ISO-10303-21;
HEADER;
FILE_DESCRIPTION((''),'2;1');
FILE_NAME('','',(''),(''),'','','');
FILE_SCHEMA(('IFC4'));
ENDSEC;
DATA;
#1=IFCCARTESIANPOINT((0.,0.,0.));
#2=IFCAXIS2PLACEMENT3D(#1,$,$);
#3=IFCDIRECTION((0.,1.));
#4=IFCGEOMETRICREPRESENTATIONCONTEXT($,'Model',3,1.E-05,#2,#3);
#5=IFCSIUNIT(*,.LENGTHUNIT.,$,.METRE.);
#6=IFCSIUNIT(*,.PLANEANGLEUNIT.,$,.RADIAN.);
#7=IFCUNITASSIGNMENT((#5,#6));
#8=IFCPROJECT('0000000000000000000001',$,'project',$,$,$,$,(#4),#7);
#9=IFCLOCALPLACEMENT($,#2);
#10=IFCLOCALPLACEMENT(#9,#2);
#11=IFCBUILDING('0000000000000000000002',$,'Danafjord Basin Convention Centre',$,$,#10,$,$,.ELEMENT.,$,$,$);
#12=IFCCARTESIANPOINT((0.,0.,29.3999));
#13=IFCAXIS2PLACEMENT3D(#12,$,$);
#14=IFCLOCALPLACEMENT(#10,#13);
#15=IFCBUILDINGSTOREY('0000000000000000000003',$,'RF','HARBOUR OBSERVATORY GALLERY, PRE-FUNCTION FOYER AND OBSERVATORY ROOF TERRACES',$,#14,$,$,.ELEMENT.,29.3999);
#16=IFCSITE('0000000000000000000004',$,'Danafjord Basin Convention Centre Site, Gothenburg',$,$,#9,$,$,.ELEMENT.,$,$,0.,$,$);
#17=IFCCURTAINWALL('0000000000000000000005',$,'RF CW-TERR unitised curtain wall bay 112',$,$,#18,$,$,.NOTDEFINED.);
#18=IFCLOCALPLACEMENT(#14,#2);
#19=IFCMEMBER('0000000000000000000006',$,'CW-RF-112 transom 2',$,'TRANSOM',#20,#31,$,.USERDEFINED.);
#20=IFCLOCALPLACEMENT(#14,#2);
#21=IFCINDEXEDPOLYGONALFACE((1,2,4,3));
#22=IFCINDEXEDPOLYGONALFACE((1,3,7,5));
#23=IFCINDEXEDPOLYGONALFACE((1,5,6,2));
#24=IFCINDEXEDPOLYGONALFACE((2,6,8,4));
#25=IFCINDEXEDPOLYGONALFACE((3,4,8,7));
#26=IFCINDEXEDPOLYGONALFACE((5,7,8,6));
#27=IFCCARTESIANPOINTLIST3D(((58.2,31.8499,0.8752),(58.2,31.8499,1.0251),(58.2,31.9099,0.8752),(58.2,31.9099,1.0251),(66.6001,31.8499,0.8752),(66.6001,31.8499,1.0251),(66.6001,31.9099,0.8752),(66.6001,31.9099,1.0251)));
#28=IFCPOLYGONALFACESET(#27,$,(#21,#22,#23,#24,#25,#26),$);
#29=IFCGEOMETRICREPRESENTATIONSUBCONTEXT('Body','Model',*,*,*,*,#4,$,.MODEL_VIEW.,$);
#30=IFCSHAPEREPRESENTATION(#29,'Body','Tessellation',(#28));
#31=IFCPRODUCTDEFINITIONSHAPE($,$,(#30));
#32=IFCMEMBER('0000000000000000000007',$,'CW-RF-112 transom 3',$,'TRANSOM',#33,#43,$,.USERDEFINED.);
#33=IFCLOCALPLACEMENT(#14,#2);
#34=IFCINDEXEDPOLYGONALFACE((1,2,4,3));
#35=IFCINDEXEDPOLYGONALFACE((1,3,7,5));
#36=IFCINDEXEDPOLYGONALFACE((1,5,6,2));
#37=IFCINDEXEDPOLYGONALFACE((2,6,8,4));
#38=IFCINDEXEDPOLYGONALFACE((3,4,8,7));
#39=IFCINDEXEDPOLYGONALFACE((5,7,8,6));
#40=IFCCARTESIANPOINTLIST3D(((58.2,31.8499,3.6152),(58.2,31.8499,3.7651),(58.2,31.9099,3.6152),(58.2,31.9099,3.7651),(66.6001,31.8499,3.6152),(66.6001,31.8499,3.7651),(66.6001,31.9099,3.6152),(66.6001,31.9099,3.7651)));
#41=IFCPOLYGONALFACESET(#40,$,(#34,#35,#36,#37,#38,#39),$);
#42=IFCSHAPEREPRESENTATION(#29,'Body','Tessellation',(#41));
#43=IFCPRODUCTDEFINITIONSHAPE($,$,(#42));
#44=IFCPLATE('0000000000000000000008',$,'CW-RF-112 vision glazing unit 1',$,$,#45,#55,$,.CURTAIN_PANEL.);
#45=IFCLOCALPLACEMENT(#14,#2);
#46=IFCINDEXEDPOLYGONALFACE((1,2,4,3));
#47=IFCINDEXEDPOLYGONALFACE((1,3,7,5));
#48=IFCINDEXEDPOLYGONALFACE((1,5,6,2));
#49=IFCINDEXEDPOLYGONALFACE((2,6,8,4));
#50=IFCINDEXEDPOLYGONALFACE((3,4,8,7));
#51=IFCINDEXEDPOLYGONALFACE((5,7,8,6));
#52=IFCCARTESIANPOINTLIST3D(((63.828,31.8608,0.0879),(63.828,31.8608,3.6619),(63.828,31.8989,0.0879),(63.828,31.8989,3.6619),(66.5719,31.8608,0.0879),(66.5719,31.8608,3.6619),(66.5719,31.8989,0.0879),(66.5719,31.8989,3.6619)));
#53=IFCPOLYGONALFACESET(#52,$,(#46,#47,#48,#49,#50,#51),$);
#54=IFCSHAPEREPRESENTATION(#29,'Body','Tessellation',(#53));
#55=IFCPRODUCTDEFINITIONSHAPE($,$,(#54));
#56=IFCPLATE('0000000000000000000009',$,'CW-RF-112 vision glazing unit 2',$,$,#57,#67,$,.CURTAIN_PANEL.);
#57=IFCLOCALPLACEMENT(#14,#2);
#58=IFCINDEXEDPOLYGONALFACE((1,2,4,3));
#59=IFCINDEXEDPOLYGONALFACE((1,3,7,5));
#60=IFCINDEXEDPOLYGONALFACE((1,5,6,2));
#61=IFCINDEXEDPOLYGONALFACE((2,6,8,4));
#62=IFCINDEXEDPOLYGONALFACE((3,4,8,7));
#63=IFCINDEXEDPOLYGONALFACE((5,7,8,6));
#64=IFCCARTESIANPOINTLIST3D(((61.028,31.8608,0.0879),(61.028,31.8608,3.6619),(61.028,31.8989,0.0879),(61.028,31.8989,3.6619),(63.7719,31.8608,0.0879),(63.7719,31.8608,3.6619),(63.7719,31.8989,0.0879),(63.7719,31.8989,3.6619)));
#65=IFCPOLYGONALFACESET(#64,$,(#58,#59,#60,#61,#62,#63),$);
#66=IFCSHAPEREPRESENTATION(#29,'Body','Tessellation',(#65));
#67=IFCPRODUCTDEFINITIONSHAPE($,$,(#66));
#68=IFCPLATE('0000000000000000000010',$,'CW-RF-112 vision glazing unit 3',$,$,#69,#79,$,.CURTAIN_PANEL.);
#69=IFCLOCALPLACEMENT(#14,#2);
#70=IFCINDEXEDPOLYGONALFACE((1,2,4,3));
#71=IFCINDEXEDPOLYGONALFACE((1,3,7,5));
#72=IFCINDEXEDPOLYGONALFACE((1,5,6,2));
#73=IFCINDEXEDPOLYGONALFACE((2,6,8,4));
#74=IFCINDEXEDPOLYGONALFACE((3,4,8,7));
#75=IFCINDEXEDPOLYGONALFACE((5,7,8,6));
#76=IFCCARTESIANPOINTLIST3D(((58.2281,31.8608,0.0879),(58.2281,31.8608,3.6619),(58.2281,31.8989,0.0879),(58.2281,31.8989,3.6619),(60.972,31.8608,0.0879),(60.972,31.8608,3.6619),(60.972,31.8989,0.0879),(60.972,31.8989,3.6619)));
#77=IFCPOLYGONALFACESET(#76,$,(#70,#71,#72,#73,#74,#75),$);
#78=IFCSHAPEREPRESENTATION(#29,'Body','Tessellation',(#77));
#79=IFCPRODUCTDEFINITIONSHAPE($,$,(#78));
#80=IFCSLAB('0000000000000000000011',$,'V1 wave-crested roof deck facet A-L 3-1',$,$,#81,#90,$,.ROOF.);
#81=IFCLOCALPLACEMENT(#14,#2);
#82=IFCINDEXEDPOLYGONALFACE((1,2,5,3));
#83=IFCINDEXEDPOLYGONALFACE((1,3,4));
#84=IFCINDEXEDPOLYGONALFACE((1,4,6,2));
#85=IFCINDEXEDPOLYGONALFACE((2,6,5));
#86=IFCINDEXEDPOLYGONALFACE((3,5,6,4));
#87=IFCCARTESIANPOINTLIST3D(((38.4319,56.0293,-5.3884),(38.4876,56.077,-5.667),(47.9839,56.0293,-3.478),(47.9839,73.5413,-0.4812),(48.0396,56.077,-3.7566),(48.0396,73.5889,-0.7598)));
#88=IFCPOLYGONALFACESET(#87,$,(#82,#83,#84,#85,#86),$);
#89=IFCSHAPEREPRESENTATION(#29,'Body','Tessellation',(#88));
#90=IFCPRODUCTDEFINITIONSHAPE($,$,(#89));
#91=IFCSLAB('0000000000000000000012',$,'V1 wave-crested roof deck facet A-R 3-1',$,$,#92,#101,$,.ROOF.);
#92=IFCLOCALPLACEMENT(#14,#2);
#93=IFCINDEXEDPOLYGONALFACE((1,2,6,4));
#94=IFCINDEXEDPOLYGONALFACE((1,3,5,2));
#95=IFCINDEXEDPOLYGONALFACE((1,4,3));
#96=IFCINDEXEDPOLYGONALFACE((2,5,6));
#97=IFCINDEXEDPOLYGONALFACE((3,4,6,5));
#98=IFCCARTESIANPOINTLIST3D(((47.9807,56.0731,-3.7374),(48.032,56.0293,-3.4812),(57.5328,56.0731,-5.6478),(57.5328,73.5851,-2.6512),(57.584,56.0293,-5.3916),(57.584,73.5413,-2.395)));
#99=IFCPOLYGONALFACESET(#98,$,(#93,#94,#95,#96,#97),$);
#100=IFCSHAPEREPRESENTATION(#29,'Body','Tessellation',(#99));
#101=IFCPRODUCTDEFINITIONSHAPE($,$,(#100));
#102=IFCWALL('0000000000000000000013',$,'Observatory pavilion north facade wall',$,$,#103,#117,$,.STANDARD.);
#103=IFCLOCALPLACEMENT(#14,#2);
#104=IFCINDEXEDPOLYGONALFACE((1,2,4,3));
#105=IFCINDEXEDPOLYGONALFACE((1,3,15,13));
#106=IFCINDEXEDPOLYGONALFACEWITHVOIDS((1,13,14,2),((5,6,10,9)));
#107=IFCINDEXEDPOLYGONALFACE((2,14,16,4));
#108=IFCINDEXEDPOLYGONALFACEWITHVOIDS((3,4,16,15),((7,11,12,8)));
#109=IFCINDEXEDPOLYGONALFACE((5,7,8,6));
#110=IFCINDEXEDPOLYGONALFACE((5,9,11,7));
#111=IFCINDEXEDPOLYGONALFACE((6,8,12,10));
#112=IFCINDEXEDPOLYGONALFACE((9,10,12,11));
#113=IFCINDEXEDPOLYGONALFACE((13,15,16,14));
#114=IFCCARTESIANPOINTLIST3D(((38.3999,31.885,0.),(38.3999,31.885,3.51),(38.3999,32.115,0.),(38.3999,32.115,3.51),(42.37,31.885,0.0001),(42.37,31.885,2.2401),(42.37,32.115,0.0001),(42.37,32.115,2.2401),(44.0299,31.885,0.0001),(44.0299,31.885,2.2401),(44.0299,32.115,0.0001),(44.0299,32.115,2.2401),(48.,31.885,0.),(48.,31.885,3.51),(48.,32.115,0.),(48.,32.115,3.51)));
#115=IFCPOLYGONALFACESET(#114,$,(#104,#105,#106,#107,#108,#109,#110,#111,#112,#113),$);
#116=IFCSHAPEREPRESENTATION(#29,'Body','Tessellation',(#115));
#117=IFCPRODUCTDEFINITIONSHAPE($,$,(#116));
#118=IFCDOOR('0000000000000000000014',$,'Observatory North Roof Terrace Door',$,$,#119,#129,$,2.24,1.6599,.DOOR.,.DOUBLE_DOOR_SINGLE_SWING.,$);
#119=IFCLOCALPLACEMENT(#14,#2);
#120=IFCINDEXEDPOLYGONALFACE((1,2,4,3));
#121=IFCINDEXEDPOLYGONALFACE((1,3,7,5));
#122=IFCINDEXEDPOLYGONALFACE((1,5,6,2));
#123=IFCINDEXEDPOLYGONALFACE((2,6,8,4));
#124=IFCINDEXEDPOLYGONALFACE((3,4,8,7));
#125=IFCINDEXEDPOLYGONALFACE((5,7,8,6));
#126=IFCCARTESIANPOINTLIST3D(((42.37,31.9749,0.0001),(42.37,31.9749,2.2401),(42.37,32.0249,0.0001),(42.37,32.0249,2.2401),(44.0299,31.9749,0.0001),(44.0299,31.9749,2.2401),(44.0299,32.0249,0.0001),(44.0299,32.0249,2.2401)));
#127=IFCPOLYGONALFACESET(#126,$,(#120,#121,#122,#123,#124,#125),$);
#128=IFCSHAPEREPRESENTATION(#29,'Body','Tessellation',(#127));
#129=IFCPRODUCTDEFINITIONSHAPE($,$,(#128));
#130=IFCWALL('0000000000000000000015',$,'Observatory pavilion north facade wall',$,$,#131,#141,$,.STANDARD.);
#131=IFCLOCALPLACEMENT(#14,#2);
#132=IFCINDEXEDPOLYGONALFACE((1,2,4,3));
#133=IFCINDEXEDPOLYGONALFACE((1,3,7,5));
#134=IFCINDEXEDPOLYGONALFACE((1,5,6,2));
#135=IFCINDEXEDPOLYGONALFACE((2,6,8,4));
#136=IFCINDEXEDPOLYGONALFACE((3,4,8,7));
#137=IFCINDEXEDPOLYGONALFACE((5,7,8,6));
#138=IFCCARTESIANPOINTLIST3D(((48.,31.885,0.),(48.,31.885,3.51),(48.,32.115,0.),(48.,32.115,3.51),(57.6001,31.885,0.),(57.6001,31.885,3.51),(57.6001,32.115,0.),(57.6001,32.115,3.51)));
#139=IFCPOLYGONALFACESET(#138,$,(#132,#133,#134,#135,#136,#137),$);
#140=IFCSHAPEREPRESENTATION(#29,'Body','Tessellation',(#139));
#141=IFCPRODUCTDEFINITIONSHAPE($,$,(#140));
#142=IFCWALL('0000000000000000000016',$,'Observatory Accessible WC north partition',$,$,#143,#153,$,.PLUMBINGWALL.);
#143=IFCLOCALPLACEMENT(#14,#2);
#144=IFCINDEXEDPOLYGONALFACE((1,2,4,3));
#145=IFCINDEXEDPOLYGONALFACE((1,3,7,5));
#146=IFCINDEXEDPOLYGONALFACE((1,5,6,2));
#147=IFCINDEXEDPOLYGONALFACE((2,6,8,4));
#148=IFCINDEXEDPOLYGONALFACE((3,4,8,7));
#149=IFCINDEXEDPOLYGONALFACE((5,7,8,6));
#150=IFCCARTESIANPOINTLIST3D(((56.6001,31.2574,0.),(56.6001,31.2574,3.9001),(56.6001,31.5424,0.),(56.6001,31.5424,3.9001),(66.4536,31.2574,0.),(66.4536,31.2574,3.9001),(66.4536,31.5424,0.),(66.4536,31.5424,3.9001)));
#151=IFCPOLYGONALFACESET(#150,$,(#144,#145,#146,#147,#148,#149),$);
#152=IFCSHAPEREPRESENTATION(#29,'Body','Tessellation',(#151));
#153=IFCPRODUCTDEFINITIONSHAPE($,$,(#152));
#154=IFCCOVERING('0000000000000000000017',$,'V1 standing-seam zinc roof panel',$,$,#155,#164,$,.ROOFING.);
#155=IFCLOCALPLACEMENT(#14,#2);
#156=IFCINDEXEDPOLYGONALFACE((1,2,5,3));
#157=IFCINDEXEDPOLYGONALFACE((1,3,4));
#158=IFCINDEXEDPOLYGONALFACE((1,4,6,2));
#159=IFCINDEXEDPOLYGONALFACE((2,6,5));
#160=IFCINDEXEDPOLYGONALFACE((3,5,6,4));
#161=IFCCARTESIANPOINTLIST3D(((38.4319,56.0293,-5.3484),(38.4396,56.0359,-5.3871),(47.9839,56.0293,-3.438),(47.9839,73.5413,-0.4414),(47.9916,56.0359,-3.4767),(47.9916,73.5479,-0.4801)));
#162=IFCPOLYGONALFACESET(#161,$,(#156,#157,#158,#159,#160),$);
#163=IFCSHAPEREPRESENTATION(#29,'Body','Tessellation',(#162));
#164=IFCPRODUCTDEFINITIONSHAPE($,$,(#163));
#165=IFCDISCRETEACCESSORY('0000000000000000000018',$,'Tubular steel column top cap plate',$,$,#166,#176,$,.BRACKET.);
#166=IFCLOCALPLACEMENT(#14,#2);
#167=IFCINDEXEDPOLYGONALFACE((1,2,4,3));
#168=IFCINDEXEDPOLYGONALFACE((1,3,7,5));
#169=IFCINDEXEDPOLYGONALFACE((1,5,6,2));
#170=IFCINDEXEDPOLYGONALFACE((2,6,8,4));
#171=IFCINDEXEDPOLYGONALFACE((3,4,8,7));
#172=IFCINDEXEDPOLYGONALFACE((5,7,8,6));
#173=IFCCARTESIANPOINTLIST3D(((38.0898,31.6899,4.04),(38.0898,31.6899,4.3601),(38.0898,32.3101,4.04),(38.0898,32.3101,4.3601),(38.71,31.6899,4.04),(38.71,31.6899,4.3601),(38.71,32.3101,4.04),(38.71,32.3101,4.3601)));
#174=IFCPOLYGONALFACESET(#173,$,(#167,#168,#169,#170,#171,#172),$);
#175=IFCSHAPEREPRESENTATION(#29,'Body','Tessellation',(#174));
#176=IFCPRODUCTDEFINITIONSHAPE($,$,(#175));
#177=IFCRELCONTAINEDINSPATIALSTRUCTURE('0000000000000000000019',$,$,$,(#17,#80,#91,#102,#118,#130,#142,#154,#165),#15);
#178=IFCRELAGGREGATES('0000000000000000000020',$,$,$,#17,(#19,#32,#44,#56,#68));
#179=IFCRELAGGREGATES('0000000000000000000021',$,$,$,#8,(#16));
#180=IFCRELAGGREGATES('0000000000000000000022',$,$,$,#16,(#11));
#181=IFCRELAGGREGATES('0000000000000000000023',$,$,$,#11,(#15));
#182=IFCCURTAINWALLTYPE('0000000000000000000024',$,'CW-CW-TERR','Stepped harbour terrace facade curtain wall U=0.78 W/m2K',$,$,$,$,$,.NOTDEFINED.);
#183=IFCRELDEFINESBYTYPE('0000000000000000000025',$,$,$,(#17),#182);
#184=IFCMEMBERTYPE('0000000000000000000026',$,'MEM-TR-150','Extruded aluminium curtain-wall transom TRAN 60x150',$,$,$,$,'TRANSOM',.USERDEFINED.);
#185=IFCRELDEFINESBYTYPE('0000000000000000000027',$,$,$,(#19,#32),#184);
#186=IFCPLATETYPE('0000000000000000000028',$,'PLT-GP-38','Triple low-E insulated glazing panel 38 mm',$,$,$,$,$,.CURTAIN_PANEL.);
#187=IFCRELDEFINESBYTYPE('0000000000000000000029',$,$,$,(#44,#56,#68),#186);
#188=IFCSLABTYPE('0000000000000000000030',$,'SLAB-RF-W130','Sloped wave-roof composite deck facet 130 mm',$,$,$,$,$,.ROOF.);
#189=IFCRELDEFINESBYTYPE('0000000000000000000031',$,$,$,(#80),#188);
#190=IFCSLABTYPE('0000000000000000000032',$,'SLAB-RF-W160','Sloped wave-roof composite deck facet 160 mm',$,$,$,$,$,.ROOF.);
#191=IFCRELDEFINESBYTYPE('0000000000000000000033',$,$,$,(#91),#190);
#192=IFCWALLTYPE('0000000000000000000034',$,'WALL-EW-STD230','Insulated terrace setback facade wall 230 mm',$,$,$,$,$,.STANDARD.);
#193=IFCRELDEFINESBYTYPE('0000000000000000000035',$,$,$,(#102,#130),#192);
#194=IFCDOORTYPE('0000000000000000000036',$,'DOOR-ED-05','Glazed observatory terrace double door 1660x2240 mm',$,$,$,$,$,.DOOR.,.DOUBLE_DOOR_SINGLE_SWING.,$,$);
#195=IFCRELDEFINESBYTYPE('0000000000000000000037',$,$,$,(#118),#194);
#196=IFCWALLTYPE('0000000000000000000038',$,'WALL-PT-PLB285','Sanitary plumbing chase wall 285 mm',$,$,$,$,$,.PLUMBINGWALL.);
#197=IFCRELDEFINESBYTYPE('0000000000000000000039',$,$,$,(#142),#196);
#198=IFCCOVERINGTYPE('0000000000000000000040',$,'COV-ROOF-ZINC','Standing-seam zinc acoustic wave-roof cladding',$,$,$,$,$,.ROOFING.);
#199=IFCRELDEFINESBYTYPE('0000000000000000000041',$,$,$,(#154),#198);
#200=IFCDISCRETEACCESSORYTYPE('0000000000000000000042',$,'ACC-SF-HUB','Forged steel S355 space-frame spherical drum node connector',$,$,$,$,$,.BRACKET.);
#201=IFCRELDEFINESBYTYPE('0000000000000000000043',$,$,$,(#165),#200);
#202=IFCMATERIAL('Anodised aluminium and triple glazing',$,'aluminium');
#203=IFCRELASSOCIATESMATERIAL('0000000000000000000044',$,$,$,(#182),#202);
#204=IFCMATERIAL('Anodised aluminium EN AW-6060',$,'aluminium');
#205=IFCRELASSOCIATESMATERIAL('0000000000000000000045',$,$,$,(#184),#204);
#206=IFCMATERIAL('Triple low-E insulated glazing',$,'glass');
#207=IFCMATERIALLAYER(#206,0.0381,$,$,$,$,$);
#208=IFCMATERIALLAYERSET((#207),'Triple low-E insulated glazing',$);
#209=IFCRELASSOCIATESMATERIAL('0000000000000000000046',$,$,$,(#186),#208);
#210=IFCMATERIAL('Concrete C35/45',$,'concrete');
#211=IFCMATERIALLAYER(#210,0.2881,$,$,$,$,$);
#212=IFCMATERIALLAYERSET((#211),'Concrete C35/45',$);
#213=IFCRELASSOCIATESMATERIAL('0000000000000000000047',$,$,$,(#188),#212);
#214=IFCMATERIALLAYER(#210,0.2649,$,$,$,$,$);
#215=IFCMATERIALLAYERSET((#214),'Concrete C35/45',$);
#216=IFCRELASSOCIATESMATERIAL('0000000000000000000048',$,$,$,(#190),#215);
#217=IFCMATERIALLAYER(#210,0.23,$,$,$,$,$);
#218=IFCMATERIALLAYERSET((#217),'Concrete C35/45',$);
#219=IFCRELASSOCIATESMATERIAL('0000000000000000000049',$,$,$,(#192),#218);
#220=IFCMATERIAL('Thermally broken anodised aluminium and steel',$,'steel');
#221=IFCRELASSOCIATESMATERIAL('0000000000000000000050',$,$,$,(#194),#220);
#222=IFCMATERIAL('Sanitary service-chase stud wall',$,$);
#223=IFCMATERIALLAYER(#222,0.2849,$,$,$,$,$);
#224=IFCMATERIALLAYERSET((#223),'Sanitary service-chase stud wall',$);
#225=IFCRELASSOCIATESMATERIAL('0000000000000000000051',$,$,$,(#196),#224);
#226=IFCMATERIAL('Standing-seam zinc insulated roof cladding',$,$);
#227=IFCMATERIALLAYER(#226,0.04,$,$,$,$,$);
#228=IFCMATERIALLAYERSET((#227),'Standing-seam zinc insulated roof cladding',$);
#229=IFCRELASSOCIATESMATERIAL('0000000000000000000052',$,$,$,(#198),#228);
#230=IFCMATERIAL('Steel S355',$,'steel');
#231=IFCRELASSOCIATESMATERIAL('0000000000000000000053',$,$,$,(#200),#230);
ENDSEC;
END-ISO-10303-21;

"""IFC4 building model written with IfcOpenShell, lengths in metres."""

from ifc_helpers import new_model, si_unit, direction, frame, frame_2d, origin, origin_2d, place, context, subcontext, project, spatial, polyline, rectangle, outline, extrude, material, layer, layer_set, material_profile, profile_set, type_object, element, fill, aggregate, save


model = new_model("IFC4")

# Units and contexts
model_context = context("Model", 3, precision=1e-05, world=origin(), true_north=direction((0.0, 1.0)))
body_context = subcontext(model_context, "Body", "Model", "MODEL_VIEW")
ifc_project = project(units=[si_unit("LENGTHUNIT", "METRE"), si_unit("PLANEANGLEUNIT", "RADIAN")], contexts=[model_context])

# Site, building, storey
site_placement = place(None, origin())
site = spatial("IfcSite", under=ifc_project, at=site_placement, Name="Danafjord Basin Convention Centre Site, Gothenburg", CompositionType="ELEMENT", RefElevation=0.0)
building_placement = place(site_placement, origin())
building = spatial("IfcBuilding", under=site, at=building_placement, Name="Danafjord Basin Convention Centre", CompositionType="ELEMENT")
storey_placement = place(building_placement, frame((0.0, 0.0, 29.3999)))
storey = spatial("IfcBuildingStorey", under=building, at=storey_placement, Name="RF", Description="HARBOUR OBSERVATORY GALLERY, PRE-FUNCTION FOYER AND OBSERVATORY ROOF TERRACES", CompositionType="ELEMENT", Elevation=29.3999)

# Shared definitions
ifc_material_1 = material(Name="Steel S355", Category="steel")

# Curtain wall
ifc_material_2 = material(Name="Anodised aluminium and triple glazing", Category="aluminium")
curtain_wall_type = type_object("IfcCurtainWallType", Name="CW-CW-TERR", Description="Stepped harbour terrace facade curtain wall U=0.78 W/m2K", PredefinedType="NOTDEFINED", material=ifc_material_2)
curtain_wall_placement = place(storey_placement, origin())
curtain_wall = element("IfcCurtainWall", 1, at=curtain_wall_placement, inside=storey, type_object=curtain_wall_type, Name="RF CW-TERR unitised curtain wall bay 112", PredefinedType="NOTDEFINED")
ifc_material_3 = material(Name="Anodised aluminium EN AW-6060", Category="aluminium")

# Members
ifc_material_profile_1 = material_profile(ifc_material_3, rectangle(XDim=0.0601, YDim=0.1499, at=origin_2d()), Name="TRAN 60x150")
ifc_profile_set_1 = profile_set([ifc_material_profile_1], Name="Anodised aluminium EN AW-6060")
member_type_1 = type_object("IfcMemberType", Name="MEM-TR-150", Description="Extruded aluminium curtain-wall transom TRAN 60x150", ElementType="TRANSOM", PredefinedType="USERDEFINED", material=ifc_profile_set_1)
member_1_placement = place(storey_placement, frame((66.6001, 31.8799, 0.9502), z_axis=(-1.0, 0.0, 0.0), x_axis=(0.0, -1.0, 0.0)))
member_1 = element("IfcMember", 2, at=member_1_placement, type_object=member_type_1, Name="CW-RF-112 transom 2", ObjectType="TRANSOM", PredefinedType="USERDEFINED", context=body_context, shape_type="SweptSolid", body=[
    extrude(rectangle(XDim=0.0601, YDim=0.1499, at=origin_2d()), origin(), (0.0, 0.0, 1.0), 8.4001),
])
member_2_placement = place(storey_placement, frame((66.6001, 31.8799, 3.6902), z_axis=(-1.0, 0.0, 0.0), x_axis=(0.0, -1.0, 0.0)))
member_2 = element("IfcMember", 3, at=member_2_placement, type_object=member_type_1, Name="CW-RF-112 transom 3", ObjectType="TRANSOM", PredefinedType="USERDEFINED", context=body_context, shape_type="SweptSolid", body=[
    extrude(rectangle(XDim=0.0601, YDim=0.1499, at=origin_2d()), origin(), (0.0, 0.0, 1.0), 8.4001),
])

# Plates
ifc_material_4 = material(Name="Triple low-E insulated glazing", Category="glass")
ifc_layer_1 = layer(ifc_material_4, 0.0381)
ifc_layer_set_1 = layer_set([ifc_layer_1], Name="Triple low-E insulated glazing")
plate_type = type_object("IfcPlateType", Name="PLT-GP-38", Description="Triple low-E insulated glazing panel 38 mm", PredefinedType="CURTAIN_PANEL", material=ifc_layer_set_1)
plate_1_placement = place(storey_placement, frame((65.2, 31.8799, 0.0879), z_axis=(0.0, 0.0, 1.0), x_axis=(-1.0, 0.0, 0.0)))
plate_1 = element("IfcPlate", 4, at=plate_1_placement, type_object=plate_type, Name="CW-RF-112 vision glazing unit 1", PredefinedType="CURTAIN_PANEL", context=body_context, shape_type="SweptSolid", body=[
    extrude(rectangle(XDim=2.7439, YDim=0.0381, at=origin_2d()), origin(), (0.0, 0.0, 1.0), 3.574),
])
plate_2_placement = place(storey_placement, frame((62.3999, 31.8799, 0.0879), z_axis=(0.0, 0.0, 1.0), x_axis=(-1.0, 0.0, 0.0)))
plate_2 = element("IfcPlate", 5, at=plate_2_placement, type_object=plate_type, Name="CW-RF-112 vision glazing unit 2", PredefinedType="CURTAIN_PANEL", context=body_context, shape_type="SweptSolid", body=[
    extrude(rectangle(XDim=2.7439, YDim=0.0381, at=origin_2d()), origin(), (0.0, 0.0, 1.0), 3.574),
])
plate_3_placement = place(storey_placement, frame((59.6001, 31.8799, 0.0879), z_axis=(0.0, 0.0, 1.0), x_axis=(-1.0, 0.0, 0.0)))
plate_3 = element("IfcPlate", 6, at=plate_3_placement, type_object=plate_type, Name="CW-RF-112 vision glazing unit 3", PredefinedType="CURTAIN_PANEL", context=body_context, shape_type="SweptSolid", body=[
    extrude(rectangle(XDim=2.7439, YDim=0.0381, at=origin_2d()), origin(), (0.0, 0.0, 1.0), 3.574),
])
aggregate(curtain_wall, [member_1, member_2, plate_1, plate_2, plate_3])

# Slabs
ifc_material_5 = material(Name="Concrete C35/45", Category="concrete")
ifc_layer_2 = layer(ifc_material_5, 0.2881)
ifc_layer_set_2 = layer_set([ifc_layer_2], Name="Concrete C35/45")
slab_type_1 = type_object("IfcSlabType", Name="SLAB-RF-W130", Description="Sloped wave-roof composite deck facet 130 mm", PredefinedType="ROOF", material=ifc_layer_set_2)
slab_1_placement = place(storey_placement, frame((38.4319, 56.0293, -5.3884), z_axis=(-0.193412, -0.165493, 0.967059), x_axis=(0.980581, 0.0, 0.196116)))
element("IfcSlab", 7, at=slab_1_placement, inside=storey, type_object=slab_type_1, Name="V1 wave-crested roof deck facet A-L 3-1", PredefinedType="ROOF", context=body_context, shape_type="SweptSolid", body=[
    extrude(outline(polyline([(0.0, 0.0), (9.7412, 0.0), (10.3289, 17.7568), (0.0, 0.0)])), origin(), (0.0, 0.0, -1.0), 0.2881),
])
ifc_layer_3 = layer(ifc_material_5, 0.2649)
ifc_layer_set_3 = layer_set([ifc_layer_3], Name="Concrete C35/45")
slab_type_2 = type_object("IfcSlabType", Name="SLAB-RF-W160", Description="Sloped wave-roof composite deck facet 160 mm", PredefinedType="ROOF", material=ifc_layer_set_3)
slab_2_placement = place(storey_placement, frame((48.032, 56.0293, -3.4812), z_axis=(0.193412, -0.16548, 0.967062), x_axis=(0.980581, 0.0, -0.196116)))
element("IfcSlab", 8, at=slab_2_placement, inside=storey, type_object=slab_type_2, Name="V1 wave-crested roof deck facet A-R 3-1", PredefinedType="ROOF", context=body_context, shape_type="SweptSolid", body=[
    extrude(outline(polyline([(0.0, 0.0), (9.7412, 0.0), (9.1535, 17.7568), (0.0, 0.0)])), origin(), (0.0, 0.0, -1.0), 0.2649),
])

# Wall, opening, door
ifc_layer_4 = layer(ifc_material_5, 0.23)
ifc_layer_set_4 = layer_set([ifc_layer_4], Name="Concrete C35/45")
wall_type_1 = type_object("IfcWallType", Name="WALL-EW-STD230", Description="Insulated terrace setback facade wall 230 mm", PredefinedType="STANDARD", material=ifc_layer_set_4)
wall_1_placement = place(storey_placement, frame((38.3999, 32.0, 0.0), z_axis=(0.0, 0.0, 1.0), x_axis=(1.0, 0.0, 0.0)))
wall_1 = element("IfcWall", 9, at=wall_1_placement, inside=storey, type_object=wall_type_1, Name="Observatory pavilion north facade wall", PredefinedType="STANDARD", context=body_context, shape_type="SweptSolid", body=[
    extrude(rectangle(XDim=9.6001, YDim=0.23, at=frame_2d((4.8, 0.0))), origin(), (0.0, 0.0, 1.0), 3.51),
])
opening_placement = place(wall_1_placement, frame((3.97, 0.0, 0.0)))
opening = element("IfcOpeningElement", 10, at=opening_placement, cuts=wall_1, PredefinedType="OPENING", context=body_context, shape_type="SweptSolid", body=[
    extrude(rectangle(XDim=1.6599, YDim=2.24, at=frame_2d((0.8301, 1.1201))), frame((0.0, 0.125, 0.0), z_axis=(0.0, -1.0, 0.0), x_axis=(1.0, 0.0, 0.0)), (0.0, 0.0, 1.0), 0.25),
])
ifc_material_6 = material(Name="Thermally broken anodised aluminium and steel", Category="steel")
door_type = type_object("IfcDoorType", Name="DOOR-ED-05", Description="Glazed observatory terrace double door 1660x2240 mm", OperationType="DOUBLE_DOOR_SINGLE_SWING", PredefinedType="DOOR", material=ifc_material_6)
door_placement = place(opening_placement, origin())
door = element("IfcDoor", 11, at=door_placement, inside=storey, type_object=door_type, Name="Observatory North Roof Terrace Door", OperationType="DOUBLE_DOOR_SINGLE_SWING", OverallHeight=2.24, OverallWidth=1.6599, PredefinedType="DOOR", context=body_context, shape_type="SweptSolid", body=[
    extrude(rectangle(XDim=1.6599, YDim=2.24, at=frame_2d((0.8301, 1.1201))), frame((0.0, 0.0249, 0.0), z_axis=(0.0, -1.0, 0.0), x_axis=(1.0, 0.0, 0.0)), (0.0, 0.0, 1.0), 0.05),
])
fill(opening, door)

# Walls
wall_2_placement = place(storey_placement, frame((48.0, 32.0, 0.0), z_axis=(0.0, 0.0, 1.0), x_axis=(1.0, 0.0, 0.0)))
element("IfcWall", 12, at=wall_2_placement, inside=storey, type_object=wall_type_1, Name="Observatory pavilion north facade wall", PredefinedType="STANDARD", context=body_context, shape_type="SweptSolid", body=[
    extrude(rectangle(XDim=9.6001, YDim=0.23, at=frame_2d((4.8, 0.0))), origin(), (0.0, 0.0, 1.0), 3.51),
])
ifc_material_7 = material(Name="Sanitary service-chase stud wall")
ifc_layer_5 = layer(ifc_material_7, 0.2849)
ifc_layer_set_5 = layer_set([ifc_layer_5], Name="Sanitary service-chase stud wall")
wall_type_2 = type_object("IfcWallType", Name="WALL-PT-PLB285", Description="Sanitary plumbing chase wall 285 mm", PredefinedType="PLUMBINGWALL", material=ifc_layer_set_5)
wall_3_placement = place(storey_placement, frame((66.4536, 31.3999, 0.0), z_axis=(0.0, 0.0, 1.0), x_axis=(-1.0, 0.0, 0.0)))
element("IfcWall", 13, at=wall_3_placement, inside=storey, type_object=wall_type_2, Name="Observatory Accessible WC north partition", PredefinedType="PLUMBINGWALL", context=body_context, shape_type="SweptSolid", body=[
    extrude(rectangle(XDim=9.8535, YDim=0.2849, at=frame_2d((4.9268, 0.0))), origin(), (0.0, 0.0, 1.0), 3.9001),
])

# Covering
ifc_material_8 = material(Name="Standing-seam zinc insulated roof cladding")
ifc_layer_6 = layer(ifc_material_8, 0.04)
ifc_layer_set_6 = layer_set([ifc_layer_6], Name="Standing-seam zinc insulated roof cladding")
covering_type = type_object("IfcCoveringType", Name="COV-ROOF-ZINC", Description="Standing-seam zinc acoustic wave-roof cladding", PredefinedType="ROOFING", material=ifc_layer_set_6)
covering_placement = place(storey_placement, frame((38.4319, 56.0293, -5.3484), z_axis=(-0.193412, -0.16548, 0.967062), x_axis=(0.980581, 0.0, 0.196116)))
element("IfcCovering", 14, at=covering_placement, inside=storey, type_object=covering_type, Name="V1 standing-seam zinc roof panel", PredefinedType="ROOFING", context=body_context, shape_type="SweptSolid", body=[
    extrude(outline(polyline([(0.0, 0.0), (9.7412, 0.0), (10.3288, 17.7568), (0.0, 0.0)])), origin(), (0.0, 0.0, -1.0), 0.04),
])

# Discrete accessory
discrete_accessory_type = type_object("IfcDiscreteAccessoryType", Name="ACC-SF-HUB", Description="Forged steel S355 space-frame spherical drum node connector", PredefinedType="BRACKET", material=ifc_material_1)
for number, where, z_axis, x_axis, name in (
    (15, (38.3999, 32.0, 4.04), (0.0, 0.0, 1.0), (1.0, 0.0, 0.0), "Tubular steel column top cap plate"),
):
    element("IfcDiscreteAccessory", number, at=place(storey_placement, frame(where, z_axis=z_axis, x_axis=x_axis)), inside=storey, type_object=discrete_accessory_type, Name=name, PredefinedType="BRACKET", context=body_context, shape_type="SweptSolid", body=[
        extrude(rectangle(XDim=0.6201, YDim=0.6201, at=origin_2d()), origin(), (0.0, 0.0, 1.0), 0.3201),
    ])

save(model, "model.ifc")
